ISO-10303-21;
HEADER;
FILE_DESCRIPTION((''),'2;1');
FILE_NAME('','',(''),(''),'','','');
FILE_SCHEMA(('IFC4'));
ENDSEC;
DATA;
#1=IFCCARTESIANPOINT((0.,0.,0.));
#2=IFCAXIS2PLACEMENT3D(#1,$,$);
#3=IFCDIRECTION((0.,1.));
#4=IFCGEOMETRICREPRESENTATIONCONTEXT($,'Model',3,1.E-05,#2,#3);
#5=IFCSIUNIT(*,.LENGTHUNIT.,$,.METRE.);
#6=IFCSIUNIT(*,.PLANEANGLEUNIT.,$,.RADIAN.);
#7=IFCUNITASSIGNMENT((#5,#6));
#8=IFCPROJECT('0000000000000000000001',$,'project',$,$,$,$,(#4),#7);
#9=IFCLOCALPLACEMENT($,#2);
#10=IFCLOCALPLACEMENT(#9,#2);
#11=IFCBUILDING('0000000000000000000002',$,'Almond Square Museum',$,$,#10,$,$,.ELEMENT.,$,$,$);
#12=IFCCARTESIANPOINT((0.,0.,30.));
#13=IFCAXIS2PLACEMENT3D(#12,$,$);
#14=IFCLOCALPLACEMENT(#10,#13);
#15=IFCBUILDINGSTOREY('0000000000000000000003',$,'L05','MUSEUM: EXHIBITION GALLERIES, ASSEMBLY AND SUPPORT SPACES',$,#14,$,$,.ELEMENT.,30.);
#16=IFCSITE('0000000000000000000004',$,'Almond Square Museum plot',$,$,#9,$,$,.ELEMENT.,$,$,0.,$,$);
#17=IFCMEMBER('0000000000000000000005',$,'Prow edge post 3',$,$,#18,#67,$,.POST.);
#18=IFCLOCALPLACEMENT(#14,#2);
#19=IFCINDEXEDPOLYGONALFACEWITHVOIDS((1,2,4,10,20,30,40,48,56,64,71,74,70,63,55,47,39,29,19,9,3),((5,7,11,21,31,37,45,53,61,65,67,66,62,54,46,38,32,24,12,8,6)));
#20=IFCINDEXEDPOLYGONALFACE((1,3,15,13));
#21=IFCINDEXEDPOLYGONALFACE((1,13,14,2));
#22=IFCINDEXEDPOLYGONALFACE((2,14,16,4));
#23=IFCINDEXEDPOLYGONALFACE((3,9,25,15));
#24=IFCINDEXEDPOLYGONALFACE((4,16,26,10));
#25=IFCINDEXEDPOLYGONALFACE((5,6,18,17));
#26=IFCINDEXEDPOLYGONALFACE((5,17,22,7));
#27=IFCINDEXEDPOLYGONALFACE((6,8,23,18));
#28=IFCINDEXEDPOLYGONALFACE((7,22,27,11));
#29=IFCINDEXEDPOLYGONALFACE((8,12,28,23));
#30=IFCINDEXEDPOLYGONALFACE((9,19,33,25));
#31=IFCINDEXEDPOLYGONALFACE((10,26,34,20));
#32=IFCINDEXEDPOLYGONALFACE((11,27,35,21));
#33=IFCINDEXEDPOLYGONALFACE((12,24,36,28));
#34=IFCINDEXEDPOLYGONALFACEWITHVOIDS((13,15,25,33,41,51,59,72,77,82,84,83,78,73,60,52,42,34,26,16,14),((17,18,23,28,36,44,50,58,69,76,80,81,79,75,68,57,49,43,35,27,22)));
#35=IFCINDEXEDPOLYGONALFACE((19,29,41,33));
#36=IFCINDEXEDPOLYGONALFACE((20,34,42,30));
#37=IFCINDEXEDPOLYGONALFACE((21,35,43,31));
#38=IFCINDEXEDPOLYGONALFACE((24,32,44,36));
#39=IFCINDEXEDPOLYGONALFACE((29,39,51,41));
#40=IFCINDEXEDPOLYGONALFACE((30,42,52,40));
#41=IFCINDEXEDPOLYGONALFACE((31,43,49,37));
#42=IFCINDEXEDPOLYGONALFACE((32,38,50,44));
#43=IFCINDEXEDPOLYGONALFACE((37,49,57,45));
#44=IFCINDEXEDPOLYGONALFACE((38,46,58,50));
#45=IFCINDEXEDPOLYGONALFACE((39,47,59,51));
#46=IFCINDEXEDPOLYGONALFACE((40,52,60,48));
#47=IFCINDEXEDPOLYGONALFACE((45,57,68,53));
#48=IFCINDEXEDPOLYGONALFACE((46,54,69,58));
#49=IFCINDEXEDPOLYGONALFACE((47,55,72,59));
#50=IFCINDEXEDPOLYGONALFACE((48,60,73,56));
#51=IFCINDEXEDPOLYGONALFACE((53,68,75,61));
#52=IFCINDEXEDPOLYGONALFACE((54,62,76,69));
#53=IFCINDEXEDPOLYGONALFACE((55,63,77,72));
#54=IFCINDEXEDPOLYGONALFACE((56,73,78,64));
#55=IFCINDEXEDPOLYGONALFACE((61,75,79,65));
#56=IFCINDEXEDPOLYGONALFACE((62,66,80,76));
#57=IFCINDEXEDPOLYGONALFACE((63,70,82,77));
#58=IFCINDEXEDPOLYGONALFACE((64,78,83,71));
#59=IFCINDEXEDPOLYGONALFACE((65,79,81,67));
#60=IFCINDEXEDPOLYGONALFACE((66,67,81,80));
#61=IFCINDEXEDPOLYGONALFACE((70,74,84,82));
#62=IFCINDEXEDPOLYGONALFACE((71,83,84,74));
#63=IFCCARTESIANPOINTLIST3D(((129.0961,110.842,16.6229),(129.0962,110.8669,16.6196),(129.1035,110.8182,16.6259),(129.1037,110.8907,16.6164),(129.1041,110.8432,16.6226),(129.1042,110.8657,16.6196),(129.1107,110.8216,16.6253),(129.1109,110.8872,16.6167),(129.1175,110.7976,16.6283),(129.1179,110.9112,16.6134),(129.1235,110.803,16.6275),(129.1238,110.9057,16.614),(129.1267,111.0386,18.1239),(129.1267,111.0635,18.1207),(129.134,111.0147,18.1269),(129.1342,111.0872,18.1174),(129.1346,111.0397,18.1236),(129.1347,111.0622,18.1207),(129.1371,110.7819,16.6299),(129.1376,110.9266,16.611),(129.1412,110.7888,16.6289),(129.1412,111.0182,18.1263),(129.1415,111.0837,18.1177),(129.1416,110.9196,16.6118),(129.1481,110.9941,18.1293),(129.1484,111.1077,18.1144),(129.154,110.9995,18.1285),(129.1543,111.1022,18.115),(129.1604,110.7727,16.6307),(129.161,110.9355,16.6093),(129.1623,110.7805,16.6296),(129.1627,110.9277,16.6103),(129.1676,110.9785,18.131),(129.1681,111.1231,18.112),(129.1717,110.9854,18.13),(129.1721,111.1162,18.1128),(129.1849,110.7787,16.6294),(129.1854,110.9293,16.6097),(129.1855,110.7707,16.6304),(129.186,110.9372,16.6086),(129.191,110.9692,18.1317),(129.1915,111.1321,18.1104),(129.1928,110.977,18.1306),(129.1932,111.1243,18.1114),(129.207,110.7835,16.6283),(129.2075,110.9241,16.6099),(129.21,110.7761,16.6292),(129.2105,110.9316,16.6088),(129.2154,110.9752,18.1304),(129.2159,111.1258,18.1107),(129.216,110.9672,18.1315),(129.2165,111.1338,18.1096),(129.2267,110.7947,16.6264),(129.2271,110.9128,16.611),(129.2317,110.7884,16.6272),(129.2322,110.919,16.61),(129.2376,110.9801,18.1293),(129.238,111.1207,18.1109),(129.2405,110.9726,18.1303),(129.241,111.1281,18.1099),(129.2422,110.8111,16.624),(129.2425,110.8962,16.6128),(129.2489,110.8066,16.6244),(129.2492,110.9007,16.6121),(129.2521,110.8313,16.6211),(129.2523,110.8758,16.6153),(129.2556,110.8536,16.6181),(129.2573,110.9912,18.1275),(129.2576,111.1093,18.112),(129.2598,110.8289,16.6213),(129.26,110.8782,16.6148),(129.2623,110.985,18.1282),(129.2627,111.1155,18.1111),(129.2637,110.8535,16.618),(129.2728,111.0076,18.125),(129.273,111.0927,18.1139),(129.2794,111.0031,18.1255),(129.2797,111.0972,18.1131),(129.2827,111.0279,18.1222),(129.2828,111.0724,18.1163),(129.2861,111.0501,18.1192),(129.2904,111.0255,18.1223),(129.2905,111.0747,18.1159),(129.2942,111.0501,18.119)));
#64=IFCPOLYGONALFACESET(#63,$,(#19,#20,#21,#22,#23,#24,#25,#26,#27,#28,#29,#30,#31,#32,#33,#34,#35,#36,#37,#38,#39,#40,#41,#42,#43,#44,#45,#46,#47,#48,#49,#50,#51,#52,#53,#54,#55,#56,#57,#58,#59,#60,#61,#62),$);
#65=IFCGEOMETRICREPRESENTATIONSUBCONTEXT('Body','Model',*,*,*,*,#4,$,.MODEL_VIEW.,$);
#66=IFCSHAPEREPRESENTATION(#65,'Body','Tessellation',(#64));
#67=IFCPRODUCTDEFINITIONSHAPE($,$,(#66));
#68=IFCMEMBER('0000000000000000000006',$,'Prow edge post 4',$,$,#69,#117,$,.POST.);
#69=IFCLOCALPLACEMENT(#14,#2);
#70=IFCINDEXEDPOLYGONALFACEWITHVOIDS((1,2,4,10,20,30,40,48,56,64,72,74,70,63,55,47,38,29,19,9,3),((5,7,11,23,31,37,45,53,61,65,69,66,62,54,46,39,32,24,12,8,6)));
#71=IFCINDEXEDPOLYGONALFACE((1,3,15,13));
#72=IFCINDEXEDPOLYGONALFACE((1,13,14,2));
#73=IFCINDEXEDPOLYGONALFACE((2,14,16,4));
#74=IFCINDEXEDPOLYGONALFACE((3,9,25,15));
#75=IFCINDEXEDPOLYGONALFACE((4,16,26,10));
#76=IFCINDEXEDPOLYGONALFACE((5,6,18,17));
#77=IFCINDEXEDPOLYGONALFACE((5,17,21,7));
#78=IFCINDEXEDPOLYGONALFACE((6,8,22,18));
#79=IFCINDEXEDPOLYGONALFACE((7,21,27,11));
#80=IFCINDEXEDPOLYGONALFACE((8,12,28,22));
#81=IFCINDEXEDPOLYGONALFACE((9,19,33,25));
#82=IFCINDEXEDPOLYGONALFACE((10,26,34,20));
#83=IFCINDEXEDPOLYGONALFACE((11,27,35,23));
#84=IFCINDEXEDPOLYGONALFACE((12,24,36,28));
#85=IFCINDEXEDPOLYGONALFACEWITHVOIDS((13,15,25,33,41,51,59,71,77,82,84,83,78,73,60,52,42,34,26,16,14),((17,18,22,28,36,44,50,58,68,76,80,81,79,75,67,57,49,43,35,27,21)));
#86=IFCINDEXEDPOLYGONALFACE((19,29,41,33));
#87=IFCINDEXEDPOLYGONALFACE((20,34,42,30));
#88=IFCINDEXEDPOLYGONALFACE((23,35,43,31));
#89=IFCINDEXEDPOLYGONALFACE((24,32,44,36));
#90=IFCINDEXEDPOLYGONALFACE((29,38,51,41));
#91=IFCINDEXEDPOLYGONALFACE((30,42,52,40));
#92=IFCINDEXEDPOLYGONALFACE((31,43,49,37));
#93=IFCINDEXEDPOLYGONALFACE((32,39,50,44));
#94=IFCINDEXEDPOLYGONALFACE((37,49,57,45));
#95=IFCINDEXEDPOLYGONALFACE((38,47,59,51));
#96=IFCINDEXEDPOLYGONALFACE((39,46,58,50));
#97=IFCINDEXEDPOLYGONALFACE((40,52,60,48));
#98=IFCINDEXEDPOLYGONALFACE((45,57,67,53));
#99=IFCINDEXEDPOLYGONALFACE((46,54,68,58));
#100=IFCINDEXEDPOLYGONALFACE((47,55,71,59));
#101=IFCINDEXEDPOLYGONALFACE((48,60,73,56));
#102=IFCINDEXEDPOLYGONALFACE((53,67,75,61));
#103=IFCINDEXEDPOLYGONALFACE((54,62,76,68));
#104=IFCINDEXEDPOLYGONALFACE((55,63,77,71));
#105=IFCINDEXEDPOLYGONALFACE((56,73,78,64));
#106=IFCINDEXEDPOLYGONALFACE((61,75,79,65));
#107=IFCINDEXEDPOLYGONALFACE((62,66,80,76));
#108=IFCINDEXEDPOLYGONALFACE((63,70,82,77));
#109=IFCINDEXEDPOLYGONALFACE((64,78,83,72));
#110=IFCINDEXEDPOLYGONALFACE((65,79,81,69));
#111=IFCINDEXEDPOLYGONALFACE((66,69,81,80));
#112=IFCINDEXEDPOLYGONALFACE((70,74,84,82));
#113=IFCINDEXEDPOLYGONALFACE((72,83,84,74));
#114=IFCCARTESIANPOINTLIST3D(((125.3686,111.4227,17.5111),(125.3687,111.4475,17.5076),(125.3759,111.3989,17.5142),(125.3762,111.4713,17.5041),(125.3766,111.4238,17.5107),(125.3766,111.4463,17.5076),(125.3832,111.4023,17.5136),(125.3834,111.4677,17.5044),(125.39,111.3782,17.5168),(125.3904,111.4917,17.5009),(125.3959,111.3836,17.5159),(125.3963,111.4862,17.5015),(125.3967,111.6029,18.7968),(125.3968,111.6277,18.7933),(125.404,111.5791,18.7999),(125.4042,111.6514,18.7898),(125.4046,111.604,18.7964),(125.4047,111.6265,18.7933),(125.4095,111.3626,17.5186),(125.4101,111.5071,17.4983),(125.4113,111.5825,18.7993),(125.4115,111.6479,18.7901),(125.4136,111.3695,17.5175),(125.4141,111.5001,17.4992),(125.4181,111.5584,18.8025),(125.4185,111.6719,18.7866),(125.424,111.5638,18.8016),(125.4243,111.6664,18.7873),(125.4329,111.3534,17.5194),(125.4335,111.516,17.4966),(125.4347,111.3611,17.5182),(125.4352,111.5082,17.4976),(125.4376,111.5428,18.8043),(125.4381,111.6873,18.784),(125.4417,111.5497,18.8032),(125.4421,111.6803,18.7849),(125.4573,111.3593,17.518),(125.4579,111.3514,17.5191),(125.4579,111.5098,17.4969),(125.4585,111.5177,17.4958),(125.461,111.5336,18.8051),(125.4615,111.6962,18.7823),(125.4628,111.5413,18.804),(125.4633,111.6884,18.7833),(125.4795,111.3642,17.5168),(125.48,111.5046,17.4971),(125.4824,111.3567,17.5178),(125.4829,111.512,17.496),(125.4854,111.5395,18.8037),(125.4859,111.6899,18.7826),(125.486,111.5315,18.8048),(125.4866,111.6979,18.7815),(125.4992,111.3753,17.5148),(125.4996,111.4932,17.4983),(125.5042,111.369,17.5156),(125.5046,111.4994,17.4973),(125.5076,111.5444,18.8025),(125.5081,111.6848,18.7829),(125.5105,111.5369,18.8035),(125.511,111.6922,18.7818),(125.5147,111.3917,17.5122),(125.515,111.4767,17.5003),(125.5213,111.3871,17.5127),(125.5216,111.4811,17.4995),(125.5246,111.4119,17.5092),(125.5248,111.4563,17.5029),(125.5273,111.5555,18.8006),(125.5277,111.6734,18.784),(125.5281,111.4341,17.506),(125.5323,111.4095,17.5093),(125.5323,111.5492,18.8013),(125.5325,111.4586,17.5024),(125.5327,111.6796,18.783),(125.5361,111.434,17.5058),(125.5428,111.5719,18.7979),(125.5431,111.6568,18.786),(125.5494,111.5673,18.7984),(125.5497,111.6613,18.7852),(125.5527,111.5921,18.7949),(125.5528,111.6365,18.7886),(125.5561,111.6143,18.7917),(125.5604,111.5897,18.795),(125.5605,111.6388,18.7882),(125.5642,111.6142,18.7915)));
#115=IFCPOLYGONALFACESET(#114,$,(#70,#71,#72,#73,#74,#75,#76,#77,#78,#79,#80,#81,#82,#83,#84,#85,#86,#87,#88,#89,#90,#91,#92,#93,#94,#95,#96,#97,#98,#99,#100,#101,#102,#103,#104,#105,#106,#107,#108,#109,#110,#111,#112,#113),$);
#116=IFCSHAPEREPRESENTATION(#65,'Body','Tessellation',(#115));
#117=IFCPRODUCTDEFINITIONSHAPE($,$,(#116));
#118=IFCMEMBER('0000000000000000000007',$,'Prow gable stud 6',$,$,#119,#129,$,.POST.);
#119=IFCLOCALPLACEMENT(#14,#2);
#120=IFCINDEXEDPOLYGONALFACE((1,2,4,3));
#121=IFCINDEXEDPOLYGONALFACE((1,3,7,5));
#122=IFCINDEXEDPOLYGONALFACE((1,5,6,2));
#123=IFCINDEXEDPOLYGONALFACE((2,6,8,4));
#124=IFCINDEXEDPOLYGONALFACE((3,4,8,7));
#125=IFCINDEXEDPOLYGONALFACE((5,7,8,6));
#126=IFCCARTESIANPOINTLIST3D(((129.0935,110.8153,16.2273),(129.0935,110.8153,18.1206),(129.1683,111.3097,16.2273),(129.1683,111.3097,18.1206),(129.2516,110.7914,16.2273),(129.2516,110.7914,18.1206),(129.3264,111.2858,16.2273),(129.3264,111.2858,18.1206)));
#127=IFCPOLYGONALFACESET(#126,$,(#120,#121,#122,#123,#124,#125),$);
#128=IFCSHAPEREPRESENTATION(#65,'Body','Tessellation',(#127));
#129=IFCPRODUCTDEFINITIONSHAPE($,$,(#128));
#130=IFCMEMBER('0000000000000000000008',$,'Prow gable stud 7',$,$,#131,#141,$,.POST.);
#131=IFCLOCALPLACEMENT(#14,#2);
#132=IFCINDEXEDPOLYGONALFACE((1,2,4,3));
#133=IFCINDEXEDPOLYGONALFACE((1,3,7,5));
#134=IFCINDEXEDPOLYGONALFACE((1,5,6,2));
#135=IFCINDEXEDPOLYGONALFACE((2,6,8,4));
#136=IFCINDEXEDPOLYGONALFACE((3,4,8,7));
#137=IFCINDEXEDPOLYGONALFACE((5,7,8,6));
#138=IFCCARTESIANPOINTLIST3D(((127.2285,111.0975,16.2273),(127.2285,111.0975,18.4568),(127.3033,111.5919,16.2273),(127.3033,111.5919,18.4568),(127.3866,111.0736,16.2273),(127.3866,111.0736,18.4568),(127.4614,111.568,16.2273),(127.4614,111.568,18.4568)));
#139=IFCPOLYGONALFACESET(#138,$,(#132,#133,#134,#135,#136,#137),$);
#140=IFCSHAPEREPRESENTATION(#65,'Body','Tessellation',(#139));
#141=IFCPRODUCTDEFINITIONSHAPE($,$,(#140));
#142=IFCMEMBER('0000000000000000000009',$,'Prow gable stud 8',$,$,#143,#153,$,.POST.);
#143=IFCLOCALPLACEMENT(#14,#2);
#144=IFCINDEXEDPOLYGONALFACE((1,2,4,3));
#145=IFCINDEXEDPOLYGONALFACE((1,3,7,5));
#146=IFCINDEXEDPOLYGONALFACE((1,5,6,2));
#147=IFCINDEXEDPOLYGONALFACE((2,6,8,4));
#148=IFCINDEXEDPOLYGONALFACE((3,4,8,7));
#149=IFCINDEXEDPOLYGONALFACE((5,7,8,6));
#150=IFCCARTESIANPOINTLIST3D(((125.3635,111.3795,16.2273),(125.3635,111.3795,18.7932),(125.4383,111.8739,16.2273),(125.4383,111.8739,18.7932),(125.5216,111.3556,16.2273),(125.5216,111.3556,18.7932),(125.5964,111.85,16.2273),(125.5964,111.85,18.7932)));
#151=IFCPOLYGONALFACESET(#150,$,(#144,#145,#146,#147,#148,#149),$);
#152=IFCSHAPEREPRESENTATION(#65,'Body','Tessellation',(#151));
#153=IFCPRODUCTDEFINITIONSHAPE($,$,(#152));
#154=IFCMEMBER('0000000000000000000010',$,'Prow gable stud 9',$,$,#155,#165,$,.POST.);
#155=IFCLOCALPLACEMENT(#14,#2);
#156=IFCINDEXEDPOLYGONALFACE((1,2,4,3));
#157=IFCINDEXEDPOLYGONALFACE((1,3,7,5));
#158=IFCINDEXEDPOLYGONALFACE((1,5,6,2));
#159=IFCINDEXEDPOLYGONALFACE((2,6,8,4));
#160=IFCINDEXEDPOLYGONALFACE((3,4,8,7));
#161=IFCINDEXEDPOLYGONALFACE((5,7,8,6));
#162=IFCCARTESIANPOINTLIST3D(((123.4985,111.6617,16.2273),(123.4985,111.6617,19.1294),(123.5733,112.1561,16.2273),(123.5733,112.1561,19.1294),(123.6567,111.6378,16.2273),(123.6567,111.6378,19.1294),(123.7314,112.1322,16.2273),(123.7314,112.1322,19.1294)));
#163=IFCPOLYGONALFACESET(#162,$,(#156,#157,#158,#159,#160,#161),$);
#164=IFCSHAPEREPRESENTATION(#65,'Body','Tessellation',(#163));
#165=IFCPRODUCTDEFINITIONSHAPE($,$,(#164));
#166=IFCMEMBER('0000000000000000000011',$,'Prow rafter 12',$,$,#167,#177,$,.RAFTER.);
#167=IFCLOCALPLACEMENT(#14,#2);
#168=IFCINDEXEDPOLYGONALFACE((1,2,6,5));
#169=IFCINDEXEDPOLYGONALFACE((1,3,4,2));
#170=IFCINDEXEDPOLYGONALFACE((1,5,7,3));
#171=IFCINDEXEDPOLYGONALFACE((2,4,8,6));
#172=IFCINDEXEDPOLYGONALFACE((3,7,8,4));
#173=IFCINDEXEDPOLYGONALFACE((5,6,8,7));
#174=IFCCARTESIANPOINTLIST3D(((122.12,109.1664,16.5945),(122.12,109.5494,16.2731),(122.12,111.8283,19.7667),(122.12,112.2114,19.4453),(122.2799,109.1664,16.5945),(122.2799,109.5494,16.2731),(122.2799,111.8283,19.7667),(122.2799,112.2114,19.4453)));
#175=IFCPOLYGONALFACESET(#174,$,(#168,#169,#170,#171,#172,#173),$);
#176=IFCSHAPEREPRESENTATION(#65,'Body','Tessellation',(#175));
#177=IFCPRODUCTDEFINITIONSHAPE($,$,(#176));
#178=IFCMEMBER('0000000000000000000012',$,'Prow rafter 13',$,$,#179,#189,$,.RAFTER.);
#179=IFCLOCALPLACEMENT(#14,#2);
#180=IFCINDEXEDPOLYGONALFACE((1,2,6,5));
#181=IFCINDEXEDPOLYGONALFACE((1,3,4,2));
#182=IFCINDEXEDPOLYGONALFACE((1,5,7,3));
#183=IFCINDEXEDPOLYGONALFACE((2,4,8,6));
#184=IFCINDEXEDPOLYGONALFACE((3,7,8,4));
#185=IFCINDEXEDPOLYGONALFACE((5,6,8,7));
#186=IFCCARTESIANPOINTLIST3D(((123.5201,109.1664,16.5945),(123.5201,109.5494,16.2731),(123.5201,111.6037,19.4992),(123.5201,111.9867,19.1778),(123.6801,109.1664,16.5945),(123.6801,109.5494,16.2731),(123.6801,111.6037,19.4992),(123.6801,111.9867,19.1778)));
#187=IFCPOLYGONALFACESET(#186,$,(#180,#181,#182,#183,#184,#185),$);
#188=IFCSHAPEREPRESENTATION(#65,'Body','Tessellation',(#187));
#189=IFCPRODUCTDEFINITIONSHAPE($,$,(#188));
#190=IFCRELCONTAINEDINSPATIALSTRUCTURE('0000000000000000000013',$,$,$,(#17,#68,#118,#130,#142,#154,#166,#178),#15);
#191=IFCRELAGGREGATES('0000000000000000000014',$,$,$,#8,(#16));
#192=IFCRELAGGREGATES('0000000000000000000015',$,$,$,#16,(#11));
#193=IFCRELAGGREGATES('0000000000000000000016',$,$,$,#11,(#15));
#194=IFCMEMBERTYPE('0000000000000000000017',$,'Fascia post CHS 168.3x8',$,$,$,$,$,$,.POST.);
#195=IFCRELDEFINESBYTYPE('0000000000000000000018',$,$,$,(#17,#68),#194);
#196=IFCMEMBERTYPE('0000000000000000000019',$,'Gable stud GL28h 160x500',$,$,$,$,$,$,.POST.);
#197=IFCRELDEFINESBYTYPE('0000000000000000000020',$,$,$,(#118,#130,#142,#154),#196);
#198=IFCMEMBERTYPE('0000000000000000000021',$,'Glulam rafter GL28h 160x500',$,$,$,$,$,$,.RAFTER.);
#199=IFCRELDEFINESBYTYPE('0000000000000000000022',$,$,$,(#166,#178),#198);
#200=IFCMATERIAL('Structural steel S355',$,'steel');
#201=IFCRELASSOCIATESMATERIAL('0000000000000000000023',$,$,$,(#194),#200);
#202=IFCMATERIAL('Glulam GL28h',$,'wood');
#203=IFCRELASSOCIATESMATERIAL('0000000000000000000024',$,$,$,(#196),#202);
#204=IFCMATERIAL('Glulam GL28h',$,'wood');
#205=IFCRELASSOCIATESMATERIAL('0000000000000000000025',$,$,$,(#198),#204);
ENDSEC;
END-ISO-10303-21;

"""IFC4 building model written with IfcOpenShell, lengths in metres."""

from ifc_helpers import new_model, si_unit, direction, frame, origin, origin_2d, place, context, subcontext, project, spatial, rectangle, hollow_circle, extrude, material, material_profile, profile_set, type_object, element, save


model = new_model("IFC4")

# Units and contexts
model_context = context("Model", 3, precision=1e-05, world=origin(), true_north=direction((0.0, 1.0)))
body_context = subcontext(model_context, "Body", "Model", "MODEL_VIEW")
ifc_project = project(units=[si_unit("LENGTHUNIT", "METRE"), si_unit("PLANEANGLEUNIT", "RADIAN")], contexts=[model_context])

# Site, building, storey
site_placement = place(None, origin())
site = spatial("IfcSite", under=ifc_project, at=site_placement, Name="Almond Square Museum plot", CompositionType="ELEMENT", RefElevation=0.0)
building_placement = place(site_placement, origin())
building = spatial("IfcBuilding", under=site, at=building_placement, Name="Almond Square Museum", CompositionType="ELEMENT")
storey_placement = place(building_placement, frame((0.0, 0.0, 30.0)))
storey = spatial("IfcBuildingStorey", under=building, at=storey_placement, Name="L05", Description="MUSEUM: EXHIBITION GALLERIES, ASSEMBLY AND SUPPORT SPACES", CompositionType="ELEMENT", Elevation=30.0)

# Members
ifc_material_1 = material(Name="Structural steel S355", Category="steel")
ifc_material_profile_1 = material_profile(ifc_material_1, hollow_circle(Radius=0.0842, WallThickness=0.0081, at=origin_2d()))
ifc_profile_set_1 = profile_set([ifc_material_profile_1], Name="Structural steel S355")
member_type_1 = type_object("IfcMemberType", Name="Fascia post CHS 168.3x8", PredefinedType="POST", material=ifc_profile_set_1)
member_1_placement = place(storey_placement, frame((129.1794, 110.854, 16.6196), z_axis=(0.020156, 0.129802, 0.991335), x_axis=(-0.988158, 0.153441, 0.0)))
element("IfcMember", 1, at=member_1_placement, inside=storey, type_object=member_type_1, Name="Prow edge post 3", PredefinedType="POST", context=body_context, shape_type="SweptSolid", body=[
    extrude(hollow_circle(Radius=0.0842, WallThickness=0.0081, at=origin_2d()), origin(), (0.0, 0.0, 1.0), 1.5142),
])
member_2_placement = place(storey_placement, frame((125.4519, 111.4346, 17.5076), z_axis=(0.021622, 0.138756, 0.990091), x_axis=(-0.988076, 0.153968, 0.0)))
element("IfcMember", 2, at=member_2_placement, inside=storey, type_object=member_type_1, Name="Prow edge post 4", PredefinedType="POST", context=body_context, shape_type="SweptSolid", body=[
    extrude(hollow_circle(Radius=0.0842, WallThickness=0.0081, at=origin_2d()), origin(), (0.0, 0.0, 1.0), 1.2986),
])
ifc_material_2 = material(Name="Glulam GL28h", Category="wood")
ifc_material_profile_2 = material_profile(ifc_material_2, rectangle(XDim=0.1599, YDim=0.5, at=origin_2d()))
ifc_profile_set_2 = profile_set([ifc_material_profile_2], Name="Glulam GL28h")
member_type_2 = type_object("IfcMemberType", Name="Gable stud GL28h 160x500", PredefinedType="POST", material=ifc_profile_set_2)
member_3_placement = place(storey_placement, frame((129.21, 111.0505, 16.2273), z_axis=(0.0, 0.0, 1.0), x_axis=(-0.988753, 0.149559, 0.0)))
element("IfcMember", 3, at=member_3_placement, inside=storey, type_object=member_type_2, Name="Prow gable stud 6", PredefinedType="POST", context=body_context, shape_type="SweptSolid", body=[
    extrude(rectangle(XDim=0.1599, YDim=0.5, at=origin_2d()), origin(), (0.0, 0.0, 1.0), 1.8933),
])
member_4_placement = place(storey_placement, frame((127.345, 111.3328, 16.2273), z_axis=(0.0, 0.0, 1.0), x_axis=(-0.988753, 0.149559, 0.0)))
element("IfcMember", 4, at=member_4_placement, inside=storey, type_object=member_type_2, Name="Prow gable stud 7", PredefinedType="POST", context=body_context, shape_type="SweptSolid", body=[
    extrude(rectangle(XDim=0.1599, YDim=0.5, at=origin_2d()), origin(), (0.0, 0.0, 1.0), 2.2295),
])
member_5_placement = place(storey_placement, frame((125.48, 111.6147, 16.2273), z_axis=(0.0, 0.0, 1.0), x_axis=(-0.988753, 0.149559, 0.0)))
element("IfcMember", 5, at=member_5_placement, inside=storey, type_object=member_type_2, Name="Prow gable stud 8", PredefinedType="POST", context=body_context, shape_type="SweptSolid", body=[
    extrude(rectangle(XDim=0.1599, YDim=0.5, at=origin_2d()), origin(), (0.0, 0.0, 1.0), 2.5659),
])
member_6_placement = place(storey_placement, frame((123.615, 111.897, 16.2273), z_axis=(0.0, 0.0, 1.0), x_axis=(-0.988753, 0.149559, 0.0)))
element("IfcMember", 6, at=member_6_placement, inside=storey, type_object=member_type_2, Name="Prow gable stud 9", PredefinedType="POST", context=body_context, shape_type="SweptSolid", body=[
    extrude(rectangle(XDim=0.1599, YDim=0.5, at=origin_2d()), origin(), (0.0, 0.0, 1.0), 2.9021),
])
ifc_material_3 = material(Name="Glulam GL28h", Category="wood")
ifc_material_profile_3 = material_profile(ifc_material_3, rectangle(XDim=0.1599, YDim=0.5, at=origin_2d()))
ifc_profile_set_3 = profile_set([ifc_material_profile_3], Name="Glulam GL28h")
member_type_3 = type_object("IfcMemberType", Name="Glulam rafter GL28h 160x500", PredefinedType="RAFTER", material=ifc_profile_set_3)
member_7_placement = place(storey_placement, frame((122.2, 109.3579, 16.4338), z_axis=(0.0, 0.642808, 0.766028), x_axis=(-1.0, 0.0, 0.0)))
element("IfcMember", 7, at=member_7_placement, inside=storey, type_object=member_type_3, Name="Prow rafter 12", PredefinedType="RAFTER", context=body_context, shape_type="SweptSolid", body=[
    extrude(rectangle(XDim=0.1599, YDim=0.5, at=origin_2d()), origin(), (0.0, 0.0, 1.0), 4.1411),
])
member_8_placement = place(storey_placement, frame((123.6001, 109.3579, 16.4338), z_axis=(0.0, 0.642796, 0.766037), x_axis=(-1.0, 0.0, 0.0)))
element("IfcMember", 8, at=member_8_placement, inside=storey, type_object=member_type_3, Name="Prow rafter 13", PredefinedType="RAFTER", context=body_context, shape_type="SweptSolid", body=[
    extrude(rectangle(XDim=0.1599, YDim=0.5, at=origin_2d()), origin(), (0.0, 0.0, 1.0), 3.7917),
])

save(model, "model.ifc")
